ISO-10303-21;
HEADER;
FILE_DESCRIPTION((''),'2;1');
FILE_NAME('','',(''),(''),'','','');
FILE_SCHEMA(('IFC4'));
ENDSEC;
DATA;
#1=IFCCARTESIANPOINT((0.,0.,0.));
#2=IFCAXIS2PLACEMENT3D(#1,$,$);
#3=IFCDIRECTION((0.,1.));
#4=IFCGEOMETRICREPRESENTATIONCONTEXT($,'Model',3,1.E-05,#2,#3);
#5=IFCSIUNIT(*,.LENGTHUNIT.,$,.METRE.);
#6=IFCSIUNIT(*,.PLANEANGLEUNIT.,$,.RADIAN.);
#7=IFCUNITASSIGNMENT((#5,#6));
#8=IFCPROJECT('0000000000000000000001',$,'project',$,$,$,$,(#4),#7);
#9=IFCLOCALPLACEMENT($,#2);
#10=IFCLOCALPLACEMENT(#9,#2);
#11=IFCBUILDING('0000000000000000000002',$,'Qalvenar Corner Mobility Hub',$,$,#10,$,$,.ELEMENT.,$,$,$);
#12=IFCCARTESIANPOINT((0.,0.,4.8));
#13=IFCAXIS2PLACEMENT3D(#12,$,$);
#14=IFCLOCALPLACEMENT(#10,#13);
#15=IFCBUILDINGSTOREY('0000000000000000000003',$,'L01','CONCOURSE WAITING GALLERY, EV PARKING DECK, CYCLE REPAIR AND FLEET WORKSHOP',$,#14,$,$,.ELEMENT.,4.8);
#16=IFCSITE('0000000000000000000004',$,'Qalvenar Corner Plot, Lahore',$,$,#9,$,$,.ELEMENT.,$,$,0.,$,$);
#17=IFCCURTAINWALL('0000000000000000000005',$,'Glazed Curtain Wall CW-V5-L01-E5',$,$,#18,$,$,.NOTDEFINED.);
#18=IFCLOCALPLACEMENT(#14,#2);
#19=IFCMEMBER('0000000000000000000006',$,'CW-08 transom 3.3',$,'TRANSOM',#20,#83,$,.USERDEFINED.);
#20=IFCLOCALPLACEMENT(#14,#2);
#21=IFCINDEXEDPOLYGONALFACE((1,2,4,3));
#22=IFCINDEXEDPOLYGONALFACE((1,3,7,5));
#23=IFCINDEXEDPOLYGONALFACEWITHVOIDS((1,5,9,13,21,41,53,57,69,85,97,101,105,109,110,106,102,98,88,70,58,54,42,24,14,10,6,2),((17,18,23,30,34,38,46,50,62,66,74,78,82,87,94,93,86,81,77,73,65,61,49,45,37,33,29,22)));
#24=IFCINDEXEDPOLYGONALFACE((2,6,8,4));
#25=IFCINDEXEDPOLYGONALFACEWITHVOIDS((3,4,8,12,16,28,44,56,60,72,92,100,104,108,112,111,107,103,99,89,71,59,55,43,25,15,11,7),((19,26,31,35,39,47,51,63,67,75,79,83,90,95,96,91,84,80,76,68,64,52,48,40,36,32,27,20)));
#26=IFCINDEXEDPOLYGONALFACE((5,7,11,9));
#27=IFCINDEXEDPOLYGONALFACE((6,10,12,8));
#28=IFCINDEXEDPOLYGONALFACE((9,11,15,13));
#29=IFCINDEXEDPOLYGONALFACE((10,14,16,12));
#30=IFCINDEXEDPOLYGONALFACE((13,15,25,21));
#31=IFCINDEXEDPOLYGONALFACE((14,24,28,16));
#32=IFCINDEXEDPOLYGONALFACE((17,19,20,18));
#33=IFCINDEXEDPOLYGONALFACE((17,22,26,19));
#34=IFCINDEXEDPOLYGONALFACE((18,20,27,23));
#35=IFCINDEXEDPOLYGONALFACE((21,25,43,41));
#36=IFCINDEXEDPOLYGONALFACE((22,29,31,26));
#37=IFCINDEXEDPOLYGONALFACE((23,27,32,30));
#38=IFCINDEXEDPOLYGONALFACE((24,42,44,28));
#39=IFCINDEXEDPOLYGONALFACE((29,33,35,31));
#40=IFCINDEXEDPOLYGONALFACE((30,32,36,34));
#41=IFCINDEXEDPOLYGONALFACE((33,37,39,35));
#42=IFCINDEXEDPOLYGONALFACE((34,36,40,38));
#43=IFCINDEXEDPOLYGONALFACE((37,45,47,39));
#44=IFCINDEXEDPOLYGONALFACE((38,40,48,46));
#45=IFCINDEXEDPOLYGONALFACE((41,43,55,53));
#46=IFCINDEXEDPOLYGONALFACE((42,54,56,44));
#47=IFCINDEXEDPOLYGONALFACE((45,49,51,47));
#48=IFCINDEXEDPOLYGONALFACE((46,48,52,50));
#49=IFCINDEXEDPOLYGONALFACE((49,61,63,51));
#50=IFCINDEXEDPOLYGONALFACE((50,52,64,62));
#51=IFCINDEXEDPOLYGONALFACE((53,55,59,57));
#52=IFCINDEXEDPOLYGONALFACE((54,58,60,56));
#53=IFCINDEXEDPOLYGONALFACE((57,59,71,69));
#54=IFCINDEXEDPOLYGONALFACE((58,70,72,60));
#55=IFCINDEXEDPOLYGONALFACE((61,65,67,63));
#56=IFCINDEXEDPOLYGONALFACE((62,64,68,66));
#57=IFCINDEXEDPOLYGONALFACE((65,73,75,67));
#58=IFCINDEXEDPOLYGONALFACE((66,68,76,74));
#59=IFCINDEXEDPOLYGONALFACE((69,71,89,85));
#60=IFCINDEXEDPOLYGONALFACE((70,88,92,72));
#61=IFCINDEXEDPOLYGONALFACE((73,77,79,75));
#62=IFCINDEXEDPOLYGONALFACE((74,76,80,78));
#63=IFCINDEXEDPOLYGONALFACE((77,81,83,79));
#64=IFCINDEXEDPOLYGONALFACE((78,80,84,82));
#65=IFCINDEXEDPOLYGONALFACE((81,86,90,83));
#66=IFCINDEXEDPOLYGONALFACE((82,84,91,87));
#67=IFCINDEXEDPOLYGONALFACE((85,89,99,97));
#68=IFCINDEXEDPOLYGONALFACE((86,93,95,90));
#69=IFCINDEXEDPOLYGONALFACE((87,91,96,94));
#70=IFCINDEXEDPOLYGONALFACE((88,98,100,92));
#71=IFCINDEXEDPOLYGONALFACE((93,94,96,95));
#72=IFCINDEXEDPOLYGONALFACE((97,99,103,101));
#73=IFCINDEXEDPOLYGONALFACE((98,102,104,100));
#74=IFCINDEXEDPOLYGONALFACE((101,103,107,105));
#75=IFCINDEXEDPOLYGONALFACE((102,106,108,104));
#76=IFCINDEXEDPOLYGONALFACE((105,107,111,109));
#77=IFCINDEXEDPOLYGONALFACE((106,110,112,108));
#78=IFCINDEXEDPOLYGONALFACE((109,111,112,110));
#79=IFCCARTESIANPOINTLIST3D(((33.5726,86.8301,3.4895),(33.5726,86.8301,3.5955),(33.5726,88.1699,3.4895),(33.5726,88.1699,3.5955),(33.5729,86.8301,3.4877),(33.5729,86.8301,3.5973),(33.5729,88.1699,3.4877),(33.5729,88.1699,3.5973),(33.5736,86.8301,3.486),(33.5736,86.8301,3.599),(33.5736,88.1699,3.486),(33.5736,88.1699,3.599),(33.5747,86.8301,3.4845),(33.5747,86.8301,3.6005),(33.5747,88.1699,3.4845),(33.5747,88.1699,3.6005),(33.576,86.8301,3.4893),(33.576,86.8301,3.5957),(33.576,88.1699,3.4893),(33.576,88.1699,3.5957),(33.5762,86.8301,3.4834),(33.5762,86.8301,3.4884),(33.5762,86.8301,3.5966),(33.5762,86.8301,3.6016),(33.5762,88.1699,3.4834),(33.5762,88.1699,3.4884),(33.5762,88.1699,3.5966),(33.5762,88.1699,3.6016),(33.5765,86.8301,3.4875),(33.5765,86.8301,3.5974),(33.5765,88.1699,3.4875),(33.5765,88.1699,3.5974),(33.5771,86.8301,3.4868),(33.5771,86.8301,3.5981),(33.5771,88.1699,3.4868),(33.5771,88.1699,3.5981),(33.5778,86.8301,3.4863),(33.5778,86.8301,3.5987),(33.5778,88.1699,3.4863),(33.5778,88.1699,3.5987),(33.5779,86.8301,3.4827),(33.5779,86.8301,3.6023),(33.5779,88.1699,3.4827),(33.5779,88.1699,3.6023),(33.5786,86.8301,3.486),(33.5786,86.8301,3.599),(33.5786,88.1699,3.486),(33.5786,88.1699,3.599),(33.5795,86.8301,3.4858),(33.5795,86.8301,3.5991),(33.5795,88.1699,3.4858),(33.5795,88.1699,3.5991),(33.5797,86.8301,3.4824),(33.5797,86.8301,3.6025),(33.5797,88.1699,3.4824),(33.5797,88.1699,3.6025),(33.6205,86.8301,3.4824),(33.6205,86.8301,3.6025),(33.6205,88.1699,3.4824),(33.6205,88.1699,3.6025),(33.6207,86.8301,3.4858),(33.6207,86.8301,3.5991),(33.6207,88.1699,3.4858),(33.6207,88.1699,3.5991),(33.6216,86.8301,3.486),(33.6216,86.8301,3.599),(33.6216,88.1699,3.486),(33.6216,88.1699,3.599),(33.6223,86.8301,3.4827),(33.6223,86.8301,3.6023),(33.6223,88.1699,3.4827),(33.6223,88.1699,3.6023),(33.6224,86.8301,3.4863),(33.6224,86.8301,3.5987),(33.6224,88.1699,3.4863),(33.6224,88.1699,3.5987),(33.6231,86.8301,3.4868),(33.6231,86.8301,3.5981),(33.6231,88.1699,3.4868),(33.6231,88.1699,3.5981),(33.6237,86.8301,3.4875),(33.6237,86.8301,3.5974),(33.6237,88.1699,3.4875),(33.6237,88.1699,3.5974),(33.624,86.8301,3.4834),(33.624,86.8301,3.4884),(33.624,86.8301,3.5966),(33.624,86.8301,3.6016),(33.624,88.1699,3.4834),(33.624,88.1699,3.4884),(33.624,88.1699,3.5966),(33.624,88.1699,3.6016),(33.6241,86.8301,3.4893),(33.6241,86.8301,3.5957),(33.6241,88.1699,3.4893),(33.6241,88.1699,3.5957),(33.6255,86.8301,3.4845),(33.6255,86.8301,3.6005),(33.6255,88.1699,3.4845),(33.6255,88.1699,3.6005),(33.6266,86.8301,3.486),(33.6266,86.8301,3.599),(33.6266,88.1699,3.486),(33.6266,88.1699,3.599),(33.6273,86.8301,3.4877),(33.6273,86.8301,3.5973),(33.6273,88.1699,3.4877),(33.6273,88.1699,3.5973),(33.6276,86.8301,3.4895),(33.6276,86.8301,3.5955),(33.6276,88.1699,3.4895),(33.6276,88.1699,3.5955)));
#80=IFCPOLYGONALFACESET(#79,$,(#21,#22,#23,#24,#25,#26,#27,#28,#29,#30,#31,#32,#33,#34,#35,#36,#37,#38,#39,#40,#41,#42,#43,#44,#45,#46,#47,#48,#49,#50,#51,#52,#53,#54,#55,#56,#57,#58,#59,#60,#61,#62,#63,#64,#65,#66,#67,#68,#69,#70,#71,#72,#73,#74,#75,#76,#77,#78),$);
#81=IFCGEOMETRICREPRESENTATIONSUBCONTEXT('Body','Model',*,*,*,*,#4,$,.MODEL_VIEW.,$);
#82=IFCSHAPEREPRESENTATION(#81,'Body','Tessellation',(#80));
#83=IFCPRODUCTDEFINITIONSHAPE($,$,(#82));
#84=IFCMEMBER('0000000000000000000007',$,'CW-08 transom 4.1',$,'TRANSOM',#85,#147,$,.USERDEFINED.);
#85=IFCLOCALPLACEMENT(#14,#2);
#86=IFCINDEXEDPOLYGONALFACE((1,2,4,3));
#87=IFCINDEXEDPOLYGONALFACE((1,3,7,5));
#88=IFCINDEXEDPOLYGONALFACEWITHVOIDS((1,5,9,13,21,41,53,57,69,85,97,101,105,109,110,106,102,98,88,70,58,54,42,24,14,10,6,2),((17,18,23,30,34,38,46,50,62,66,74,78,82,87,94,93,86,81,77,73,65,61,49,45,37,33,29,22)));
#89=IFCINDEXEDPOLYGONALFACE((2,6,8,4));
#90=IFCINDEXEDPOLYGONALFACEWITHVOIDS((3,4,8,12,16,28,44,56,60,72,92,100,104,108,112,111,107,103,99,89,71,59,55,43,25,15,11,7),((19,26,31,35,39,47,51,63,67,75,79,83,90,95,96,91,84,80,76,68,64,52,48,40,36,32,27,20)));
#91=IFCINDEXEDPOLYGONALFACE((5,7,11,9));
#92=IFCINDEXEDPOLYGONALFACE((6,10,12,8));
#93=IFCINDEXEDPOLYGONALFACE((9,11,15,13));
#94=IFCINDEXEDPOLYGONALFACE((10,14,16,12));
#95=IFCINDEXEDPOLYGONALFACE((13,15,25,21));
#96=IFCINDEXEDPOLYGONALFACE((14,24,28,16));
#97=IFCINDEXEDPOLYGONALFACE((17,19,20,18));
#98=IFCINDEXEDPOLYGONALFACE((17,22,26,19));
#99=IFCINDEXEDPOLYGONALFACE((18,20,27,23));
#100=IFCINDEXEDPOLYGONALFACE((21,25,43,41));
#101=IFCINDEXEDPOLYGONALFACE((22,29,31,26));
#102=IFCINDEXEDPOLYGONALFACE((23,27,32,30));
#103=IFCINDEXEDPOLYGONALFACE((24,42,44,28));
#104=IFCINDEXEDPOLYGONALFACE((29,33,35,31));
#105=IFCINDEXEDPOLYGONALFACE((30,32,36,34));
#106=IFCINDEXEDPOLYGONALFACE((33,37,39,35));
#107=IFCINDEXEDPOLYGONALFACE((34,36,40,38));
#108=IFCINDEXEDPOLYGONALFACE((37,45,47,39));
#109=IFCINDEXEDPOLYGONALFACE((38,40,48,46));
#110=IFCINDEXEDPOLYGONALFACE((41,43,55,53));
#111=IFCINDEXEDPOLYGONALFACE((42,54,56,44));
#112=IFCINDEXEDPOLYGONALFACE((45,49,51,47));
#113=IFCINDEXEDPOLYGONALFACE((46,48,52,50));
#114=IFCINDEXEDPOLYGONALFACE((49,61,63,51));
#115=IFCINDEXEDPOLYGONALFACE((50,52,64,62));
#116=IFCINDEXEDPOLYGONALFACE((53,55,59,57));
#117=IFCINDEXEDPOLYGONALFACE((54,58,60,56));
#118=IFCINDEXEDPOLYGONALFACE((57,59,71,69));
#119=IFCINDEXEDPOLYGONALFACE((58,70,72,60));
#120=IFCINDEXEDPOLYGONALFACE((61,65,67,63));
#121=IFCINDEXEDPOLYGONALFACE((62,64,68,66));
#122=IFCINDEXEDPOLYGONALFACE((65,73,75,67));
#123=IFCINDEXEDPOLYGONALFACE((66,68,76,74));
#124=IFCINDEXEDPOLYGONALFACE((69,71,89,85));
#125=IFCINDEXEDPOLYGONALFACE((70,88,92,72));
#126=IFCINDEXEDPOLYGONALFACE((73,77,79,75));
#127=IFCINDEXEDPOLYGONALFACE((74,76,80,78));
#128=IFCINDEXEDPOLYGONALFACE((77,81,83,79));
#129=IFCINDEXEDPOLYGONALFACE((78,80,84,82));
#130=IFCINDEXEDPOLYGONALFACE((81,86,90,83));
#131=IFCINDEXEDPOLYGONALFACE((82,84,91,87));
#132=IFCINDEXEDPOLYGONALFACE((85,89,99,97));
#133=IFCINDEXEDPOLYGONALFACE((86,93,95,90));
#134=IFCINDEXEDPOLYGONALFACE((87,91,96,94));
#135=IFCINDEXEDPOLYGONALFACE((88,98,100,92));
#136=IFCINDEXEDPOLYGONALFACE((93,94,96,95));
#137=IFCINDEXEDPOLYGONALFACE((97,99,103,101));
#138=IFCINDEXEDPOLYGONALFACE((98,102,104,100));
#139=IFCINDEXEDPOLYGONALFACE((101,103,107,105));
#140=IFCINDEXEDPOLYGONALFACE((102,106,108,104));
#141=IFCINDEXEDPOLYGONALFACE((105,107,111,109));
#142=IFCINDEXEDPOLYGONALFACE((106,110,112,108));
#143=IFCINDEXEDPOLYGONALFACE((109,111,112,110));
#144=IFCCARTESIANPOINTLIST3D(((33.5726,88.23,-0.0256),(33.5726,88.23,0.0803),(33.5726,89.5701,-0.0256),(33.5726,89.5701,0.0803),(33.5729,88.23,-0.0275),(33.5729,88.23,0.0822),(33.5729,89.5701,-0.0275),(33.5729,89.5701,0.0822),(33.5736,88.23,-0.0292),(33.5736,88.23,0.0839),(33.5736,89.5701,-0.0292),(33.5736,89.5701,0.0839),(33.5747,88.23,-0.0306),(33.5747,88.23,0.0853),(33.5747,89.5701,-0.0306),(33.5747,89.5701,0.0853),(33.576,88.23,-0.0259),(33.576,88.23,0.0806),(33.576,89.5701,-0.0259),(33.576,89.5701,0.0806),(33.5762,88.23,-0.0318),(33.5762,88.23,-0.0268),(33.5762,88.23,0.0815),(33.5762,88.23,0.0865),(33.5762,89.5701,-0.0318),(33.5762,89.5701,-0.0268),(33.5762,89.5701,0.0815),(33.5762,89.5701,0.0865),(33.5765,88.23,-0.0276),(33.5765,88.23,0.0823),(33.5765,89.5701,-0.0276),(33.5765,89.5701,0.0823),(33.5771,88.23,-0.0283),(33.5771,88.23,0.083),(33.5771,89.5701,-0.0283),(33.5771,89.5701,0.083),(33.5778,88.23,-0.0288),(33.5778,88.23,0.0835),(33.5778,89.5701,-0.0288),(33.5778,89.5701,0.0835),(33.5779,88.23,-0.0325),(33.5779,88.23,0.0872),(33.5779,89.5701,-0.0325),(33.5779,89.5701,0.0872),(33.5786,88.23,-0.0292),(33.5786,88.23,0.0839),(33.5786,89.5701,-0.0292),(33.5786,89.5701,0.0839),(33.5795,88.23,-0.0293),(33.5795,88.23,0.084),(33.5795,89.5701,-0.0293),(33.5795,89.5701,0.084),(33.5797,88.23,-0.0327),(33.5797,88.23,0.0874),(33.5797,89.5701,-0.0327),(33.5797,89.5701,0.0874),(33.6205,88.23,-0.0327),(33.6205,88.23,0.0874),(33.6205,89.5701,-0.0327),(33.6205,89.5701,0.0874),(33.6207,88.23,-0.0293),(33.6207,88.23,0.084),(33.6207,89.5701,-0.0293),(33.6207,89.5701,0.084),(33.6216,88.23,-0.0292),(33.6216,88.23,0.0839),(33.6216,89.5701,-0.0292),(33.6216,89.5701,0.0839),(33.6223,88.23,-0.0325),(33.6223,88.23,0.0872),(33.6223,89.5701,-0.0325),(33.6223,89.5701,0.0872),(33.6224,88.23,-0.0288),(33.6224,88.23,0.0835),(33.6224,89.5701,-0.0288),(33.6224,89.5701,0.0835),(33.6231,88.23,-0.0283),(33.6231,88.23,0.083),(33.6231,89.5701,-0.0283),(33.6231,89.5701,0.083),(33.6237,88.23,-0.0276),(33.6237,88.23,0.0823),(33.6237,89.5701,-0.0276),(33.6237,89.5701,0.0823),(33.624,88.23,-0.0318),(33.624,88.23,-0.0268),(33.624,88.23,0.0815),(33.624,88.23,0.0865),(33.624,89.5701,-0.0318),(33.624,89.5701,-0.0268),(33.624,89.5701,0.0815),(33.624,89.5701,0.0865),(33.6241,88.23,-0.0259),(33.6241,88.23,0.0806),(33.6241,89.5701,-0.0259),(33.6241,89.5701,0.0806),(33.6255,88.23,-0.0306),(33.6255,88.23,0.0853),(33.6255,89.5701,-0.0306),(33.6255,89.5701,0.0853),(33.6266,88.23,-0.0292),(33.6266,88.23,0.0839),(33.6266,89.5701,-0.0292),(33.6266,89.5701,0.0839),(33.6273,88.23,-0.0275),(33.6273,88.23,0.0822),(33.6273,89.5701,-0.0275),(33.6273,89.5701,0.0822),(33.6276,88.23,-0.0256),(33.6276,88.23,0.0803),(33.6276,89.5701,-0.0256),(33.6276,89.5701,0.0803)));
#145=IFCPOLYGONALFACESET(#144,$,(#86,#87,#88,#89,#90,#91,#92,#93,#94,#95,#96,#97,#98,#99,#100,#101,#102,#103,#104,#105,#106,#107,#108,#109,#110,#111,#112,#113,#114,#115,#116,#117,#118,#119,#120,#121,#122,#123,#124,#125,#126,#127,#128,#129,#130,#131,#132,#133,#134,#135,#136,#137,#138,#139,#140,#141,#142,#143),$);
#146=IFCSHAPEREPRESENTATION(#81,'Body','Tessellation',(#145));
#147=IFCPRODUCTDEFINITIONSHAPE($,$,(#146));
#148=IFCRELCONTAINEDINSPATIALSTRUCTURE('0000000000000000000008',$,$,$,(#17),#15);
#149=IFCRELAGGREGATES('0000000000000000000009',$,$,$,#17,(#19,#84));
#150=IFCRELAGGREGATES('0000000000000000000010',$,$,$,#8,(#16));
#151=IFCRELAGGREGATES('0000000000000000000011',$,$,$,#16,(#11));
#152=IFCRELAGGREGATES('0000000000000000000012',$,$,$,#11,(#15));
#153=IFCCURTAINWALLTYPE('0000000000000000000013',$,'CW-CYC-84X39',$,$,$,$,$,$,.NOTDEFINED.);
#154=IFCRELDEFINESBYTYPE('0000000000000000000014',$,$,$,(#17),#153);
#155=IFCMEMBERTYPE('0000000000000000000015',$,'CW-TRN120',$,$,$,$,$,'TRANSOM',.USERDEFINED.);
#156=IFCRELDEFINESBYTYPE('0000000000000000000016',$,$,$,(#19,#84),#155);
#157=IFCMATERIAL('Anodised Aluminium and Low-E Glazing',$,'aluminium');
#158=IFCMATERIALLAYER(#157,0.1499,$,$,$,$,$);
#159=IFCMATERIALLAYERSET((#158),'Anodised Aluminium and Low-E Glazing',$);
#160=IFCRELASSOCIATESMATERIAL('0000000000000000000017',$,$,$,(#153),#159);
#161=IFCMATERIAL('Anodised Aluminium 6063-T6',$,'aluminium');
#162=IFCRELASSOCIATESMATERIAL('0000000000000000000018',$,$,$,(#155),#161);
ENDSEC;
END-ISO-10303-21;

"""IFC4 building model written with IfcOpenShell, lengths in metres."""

from ifc_helpers import new_model, si_unit, direction, frame, origin, origin_2d, place, context, subcontext, project, spatial, hollow_rectangle, extrude, material, layer, layer_set, material_profile, profile_set, type_object, element, aggregate, save


model = new_model("IFC4")

# Units and contexts
model_context = context("Model", 3, precision=1e-05, world=origin(), true_north=direction((0.0, 1.0)))
body_context = subcontext(model_context, "Body", "Model", "MODEL_VIEW")
ifc_project = project(units=[si_unit("LENGTHUNIT", "METRE"), si_unit("PLANEANGLEUNIT", "RADIAN")], contexts=[model_context])

# Site, building, storey
site_placement = place(None, origin())
site = spatial("IfcSite", under=ifc_project, at=site_placement, Name="Qalvenar Corner Plot, Lahore", CompositionType="ELEMENT", RefElevation=0.0)
building_placement = place(site_placement, origin())
building = spatial("IfcBuilding", under=site, at=building_placement, Name="Qalvenar Corner Mobility Hub", CompositionType="ELEMENT")
storey_placement = place(building_placement, frame((0.0, 0.0, 4.8)))
storey = spatial("IfcBuildingStorey", under=building, at=storey_placement, Name="L01", Description="CONCOURSE WAITING GALLERY, EV PARKING DECK, CYCLE REPAIR AND FLEET WORKSHOP", CompositionType="ELEMENT", Elevation=4.8)

# Curtain wall, members
ifc_material_1 = material(Name="Anodised Aluminium and Low-E Glazing", Category="aluminium")
ifc_layer_1 = layer(ifc_material_1, 0.1499)
ifc_layer_set_1 = layer_set([ifc_layer_1], Name="Anodised Aluminium and Low-E Glazing")
curtain_wall_type = type_object("IfcCurtainWallType", Name="CW-CYC-84X39", PredefinedType="NOTDEFINED", material=ifc_layer_set_1)
curtain_wall_placement = place(storey_placement, origin())
curtain_wall = element("IfcCurtainWall", 1, at=curtain_wall_placement, inside=storey, type_object=curtain_wall_type, Name="Glazed Curtain Wall CW-V5-L01-E5", PredefinedType="NOTDEFINED")
ifc_material_2 = material(Name="Anodised Aluminium 6063-T6", Category="aluminium")
ifc_material_profile_1 = material_profile(ifc_material_2, hollow_rectangle(XDim=0.0549, YDim=0.1201, WallThickness=0.0034, InnerFilletRadius=0.0034, OuterFilletRadius=0.0071, at=origin_2d()), Name="RHS120x55x3.5")
ifc_profile_set_1 = profile_set([ifc_material_profile_1], Name="Anodised Aluminium 6063-T6")
member_type_1 = type_object("IfcMemberType", Name="CW-TRN120", ElementType="TRANSOM", PredefinedType="USERDEFINED", material=ifc_profile_set_1)
member_1_placement = place(storey_placement, frame((33.6001, 86.8301, 3.5425), z_axis=(0.0, 1.0, 0.0), x_axis=(-1.0, 0.0, 0.0)))
member_1 = element("IfcMember", 2, at=member_1_placement, type_object=member_type_1, Name="CW-08 transom 3.3", ObjectType="TRANSOM", PredefinedType="USERDEFINED", context=body_context, shape_type="SweptSolid", body=[
    extrude(hollow_rectangle(XDim=0.0549, YDim=0.1201, WallThickness=0.0034, InnerFilletRadius=0.0034, OuterFilletRadius=0.0071, at=origin_2d()), origin(), (0.0, 0.0, 1.0), 1.3398),
])
member_2_placement = place(storey_placement, frame((33.6001, 88.23, 0.0273), z_axis=(0.0, 1.0, 0.0), x_axis=(-1.0, 0.0, 0.0)))
member_2 = element("IfcMember", 3, at=member_2_placement, type_object=member_type_1, Name="CW-08 transom 4.1", ObjectType="TRANSOM", PredefinedType="USERDEFINED", context=body_context, shape_type="SweptSolid", body=[
    extrude(hollow_rectangle(XDim=0.0549, YDim=0.1201, WallThickness=0.0034, InnerFilletRadius=0.0034, OuterFilletRadius=0.0071, at=origin_2d()), origin(), (0.0, 0.0, 1.0), 1.3401),
])
aggregate(curtain_wall, [member_1, member_2])

save(model, "model.ifc")
